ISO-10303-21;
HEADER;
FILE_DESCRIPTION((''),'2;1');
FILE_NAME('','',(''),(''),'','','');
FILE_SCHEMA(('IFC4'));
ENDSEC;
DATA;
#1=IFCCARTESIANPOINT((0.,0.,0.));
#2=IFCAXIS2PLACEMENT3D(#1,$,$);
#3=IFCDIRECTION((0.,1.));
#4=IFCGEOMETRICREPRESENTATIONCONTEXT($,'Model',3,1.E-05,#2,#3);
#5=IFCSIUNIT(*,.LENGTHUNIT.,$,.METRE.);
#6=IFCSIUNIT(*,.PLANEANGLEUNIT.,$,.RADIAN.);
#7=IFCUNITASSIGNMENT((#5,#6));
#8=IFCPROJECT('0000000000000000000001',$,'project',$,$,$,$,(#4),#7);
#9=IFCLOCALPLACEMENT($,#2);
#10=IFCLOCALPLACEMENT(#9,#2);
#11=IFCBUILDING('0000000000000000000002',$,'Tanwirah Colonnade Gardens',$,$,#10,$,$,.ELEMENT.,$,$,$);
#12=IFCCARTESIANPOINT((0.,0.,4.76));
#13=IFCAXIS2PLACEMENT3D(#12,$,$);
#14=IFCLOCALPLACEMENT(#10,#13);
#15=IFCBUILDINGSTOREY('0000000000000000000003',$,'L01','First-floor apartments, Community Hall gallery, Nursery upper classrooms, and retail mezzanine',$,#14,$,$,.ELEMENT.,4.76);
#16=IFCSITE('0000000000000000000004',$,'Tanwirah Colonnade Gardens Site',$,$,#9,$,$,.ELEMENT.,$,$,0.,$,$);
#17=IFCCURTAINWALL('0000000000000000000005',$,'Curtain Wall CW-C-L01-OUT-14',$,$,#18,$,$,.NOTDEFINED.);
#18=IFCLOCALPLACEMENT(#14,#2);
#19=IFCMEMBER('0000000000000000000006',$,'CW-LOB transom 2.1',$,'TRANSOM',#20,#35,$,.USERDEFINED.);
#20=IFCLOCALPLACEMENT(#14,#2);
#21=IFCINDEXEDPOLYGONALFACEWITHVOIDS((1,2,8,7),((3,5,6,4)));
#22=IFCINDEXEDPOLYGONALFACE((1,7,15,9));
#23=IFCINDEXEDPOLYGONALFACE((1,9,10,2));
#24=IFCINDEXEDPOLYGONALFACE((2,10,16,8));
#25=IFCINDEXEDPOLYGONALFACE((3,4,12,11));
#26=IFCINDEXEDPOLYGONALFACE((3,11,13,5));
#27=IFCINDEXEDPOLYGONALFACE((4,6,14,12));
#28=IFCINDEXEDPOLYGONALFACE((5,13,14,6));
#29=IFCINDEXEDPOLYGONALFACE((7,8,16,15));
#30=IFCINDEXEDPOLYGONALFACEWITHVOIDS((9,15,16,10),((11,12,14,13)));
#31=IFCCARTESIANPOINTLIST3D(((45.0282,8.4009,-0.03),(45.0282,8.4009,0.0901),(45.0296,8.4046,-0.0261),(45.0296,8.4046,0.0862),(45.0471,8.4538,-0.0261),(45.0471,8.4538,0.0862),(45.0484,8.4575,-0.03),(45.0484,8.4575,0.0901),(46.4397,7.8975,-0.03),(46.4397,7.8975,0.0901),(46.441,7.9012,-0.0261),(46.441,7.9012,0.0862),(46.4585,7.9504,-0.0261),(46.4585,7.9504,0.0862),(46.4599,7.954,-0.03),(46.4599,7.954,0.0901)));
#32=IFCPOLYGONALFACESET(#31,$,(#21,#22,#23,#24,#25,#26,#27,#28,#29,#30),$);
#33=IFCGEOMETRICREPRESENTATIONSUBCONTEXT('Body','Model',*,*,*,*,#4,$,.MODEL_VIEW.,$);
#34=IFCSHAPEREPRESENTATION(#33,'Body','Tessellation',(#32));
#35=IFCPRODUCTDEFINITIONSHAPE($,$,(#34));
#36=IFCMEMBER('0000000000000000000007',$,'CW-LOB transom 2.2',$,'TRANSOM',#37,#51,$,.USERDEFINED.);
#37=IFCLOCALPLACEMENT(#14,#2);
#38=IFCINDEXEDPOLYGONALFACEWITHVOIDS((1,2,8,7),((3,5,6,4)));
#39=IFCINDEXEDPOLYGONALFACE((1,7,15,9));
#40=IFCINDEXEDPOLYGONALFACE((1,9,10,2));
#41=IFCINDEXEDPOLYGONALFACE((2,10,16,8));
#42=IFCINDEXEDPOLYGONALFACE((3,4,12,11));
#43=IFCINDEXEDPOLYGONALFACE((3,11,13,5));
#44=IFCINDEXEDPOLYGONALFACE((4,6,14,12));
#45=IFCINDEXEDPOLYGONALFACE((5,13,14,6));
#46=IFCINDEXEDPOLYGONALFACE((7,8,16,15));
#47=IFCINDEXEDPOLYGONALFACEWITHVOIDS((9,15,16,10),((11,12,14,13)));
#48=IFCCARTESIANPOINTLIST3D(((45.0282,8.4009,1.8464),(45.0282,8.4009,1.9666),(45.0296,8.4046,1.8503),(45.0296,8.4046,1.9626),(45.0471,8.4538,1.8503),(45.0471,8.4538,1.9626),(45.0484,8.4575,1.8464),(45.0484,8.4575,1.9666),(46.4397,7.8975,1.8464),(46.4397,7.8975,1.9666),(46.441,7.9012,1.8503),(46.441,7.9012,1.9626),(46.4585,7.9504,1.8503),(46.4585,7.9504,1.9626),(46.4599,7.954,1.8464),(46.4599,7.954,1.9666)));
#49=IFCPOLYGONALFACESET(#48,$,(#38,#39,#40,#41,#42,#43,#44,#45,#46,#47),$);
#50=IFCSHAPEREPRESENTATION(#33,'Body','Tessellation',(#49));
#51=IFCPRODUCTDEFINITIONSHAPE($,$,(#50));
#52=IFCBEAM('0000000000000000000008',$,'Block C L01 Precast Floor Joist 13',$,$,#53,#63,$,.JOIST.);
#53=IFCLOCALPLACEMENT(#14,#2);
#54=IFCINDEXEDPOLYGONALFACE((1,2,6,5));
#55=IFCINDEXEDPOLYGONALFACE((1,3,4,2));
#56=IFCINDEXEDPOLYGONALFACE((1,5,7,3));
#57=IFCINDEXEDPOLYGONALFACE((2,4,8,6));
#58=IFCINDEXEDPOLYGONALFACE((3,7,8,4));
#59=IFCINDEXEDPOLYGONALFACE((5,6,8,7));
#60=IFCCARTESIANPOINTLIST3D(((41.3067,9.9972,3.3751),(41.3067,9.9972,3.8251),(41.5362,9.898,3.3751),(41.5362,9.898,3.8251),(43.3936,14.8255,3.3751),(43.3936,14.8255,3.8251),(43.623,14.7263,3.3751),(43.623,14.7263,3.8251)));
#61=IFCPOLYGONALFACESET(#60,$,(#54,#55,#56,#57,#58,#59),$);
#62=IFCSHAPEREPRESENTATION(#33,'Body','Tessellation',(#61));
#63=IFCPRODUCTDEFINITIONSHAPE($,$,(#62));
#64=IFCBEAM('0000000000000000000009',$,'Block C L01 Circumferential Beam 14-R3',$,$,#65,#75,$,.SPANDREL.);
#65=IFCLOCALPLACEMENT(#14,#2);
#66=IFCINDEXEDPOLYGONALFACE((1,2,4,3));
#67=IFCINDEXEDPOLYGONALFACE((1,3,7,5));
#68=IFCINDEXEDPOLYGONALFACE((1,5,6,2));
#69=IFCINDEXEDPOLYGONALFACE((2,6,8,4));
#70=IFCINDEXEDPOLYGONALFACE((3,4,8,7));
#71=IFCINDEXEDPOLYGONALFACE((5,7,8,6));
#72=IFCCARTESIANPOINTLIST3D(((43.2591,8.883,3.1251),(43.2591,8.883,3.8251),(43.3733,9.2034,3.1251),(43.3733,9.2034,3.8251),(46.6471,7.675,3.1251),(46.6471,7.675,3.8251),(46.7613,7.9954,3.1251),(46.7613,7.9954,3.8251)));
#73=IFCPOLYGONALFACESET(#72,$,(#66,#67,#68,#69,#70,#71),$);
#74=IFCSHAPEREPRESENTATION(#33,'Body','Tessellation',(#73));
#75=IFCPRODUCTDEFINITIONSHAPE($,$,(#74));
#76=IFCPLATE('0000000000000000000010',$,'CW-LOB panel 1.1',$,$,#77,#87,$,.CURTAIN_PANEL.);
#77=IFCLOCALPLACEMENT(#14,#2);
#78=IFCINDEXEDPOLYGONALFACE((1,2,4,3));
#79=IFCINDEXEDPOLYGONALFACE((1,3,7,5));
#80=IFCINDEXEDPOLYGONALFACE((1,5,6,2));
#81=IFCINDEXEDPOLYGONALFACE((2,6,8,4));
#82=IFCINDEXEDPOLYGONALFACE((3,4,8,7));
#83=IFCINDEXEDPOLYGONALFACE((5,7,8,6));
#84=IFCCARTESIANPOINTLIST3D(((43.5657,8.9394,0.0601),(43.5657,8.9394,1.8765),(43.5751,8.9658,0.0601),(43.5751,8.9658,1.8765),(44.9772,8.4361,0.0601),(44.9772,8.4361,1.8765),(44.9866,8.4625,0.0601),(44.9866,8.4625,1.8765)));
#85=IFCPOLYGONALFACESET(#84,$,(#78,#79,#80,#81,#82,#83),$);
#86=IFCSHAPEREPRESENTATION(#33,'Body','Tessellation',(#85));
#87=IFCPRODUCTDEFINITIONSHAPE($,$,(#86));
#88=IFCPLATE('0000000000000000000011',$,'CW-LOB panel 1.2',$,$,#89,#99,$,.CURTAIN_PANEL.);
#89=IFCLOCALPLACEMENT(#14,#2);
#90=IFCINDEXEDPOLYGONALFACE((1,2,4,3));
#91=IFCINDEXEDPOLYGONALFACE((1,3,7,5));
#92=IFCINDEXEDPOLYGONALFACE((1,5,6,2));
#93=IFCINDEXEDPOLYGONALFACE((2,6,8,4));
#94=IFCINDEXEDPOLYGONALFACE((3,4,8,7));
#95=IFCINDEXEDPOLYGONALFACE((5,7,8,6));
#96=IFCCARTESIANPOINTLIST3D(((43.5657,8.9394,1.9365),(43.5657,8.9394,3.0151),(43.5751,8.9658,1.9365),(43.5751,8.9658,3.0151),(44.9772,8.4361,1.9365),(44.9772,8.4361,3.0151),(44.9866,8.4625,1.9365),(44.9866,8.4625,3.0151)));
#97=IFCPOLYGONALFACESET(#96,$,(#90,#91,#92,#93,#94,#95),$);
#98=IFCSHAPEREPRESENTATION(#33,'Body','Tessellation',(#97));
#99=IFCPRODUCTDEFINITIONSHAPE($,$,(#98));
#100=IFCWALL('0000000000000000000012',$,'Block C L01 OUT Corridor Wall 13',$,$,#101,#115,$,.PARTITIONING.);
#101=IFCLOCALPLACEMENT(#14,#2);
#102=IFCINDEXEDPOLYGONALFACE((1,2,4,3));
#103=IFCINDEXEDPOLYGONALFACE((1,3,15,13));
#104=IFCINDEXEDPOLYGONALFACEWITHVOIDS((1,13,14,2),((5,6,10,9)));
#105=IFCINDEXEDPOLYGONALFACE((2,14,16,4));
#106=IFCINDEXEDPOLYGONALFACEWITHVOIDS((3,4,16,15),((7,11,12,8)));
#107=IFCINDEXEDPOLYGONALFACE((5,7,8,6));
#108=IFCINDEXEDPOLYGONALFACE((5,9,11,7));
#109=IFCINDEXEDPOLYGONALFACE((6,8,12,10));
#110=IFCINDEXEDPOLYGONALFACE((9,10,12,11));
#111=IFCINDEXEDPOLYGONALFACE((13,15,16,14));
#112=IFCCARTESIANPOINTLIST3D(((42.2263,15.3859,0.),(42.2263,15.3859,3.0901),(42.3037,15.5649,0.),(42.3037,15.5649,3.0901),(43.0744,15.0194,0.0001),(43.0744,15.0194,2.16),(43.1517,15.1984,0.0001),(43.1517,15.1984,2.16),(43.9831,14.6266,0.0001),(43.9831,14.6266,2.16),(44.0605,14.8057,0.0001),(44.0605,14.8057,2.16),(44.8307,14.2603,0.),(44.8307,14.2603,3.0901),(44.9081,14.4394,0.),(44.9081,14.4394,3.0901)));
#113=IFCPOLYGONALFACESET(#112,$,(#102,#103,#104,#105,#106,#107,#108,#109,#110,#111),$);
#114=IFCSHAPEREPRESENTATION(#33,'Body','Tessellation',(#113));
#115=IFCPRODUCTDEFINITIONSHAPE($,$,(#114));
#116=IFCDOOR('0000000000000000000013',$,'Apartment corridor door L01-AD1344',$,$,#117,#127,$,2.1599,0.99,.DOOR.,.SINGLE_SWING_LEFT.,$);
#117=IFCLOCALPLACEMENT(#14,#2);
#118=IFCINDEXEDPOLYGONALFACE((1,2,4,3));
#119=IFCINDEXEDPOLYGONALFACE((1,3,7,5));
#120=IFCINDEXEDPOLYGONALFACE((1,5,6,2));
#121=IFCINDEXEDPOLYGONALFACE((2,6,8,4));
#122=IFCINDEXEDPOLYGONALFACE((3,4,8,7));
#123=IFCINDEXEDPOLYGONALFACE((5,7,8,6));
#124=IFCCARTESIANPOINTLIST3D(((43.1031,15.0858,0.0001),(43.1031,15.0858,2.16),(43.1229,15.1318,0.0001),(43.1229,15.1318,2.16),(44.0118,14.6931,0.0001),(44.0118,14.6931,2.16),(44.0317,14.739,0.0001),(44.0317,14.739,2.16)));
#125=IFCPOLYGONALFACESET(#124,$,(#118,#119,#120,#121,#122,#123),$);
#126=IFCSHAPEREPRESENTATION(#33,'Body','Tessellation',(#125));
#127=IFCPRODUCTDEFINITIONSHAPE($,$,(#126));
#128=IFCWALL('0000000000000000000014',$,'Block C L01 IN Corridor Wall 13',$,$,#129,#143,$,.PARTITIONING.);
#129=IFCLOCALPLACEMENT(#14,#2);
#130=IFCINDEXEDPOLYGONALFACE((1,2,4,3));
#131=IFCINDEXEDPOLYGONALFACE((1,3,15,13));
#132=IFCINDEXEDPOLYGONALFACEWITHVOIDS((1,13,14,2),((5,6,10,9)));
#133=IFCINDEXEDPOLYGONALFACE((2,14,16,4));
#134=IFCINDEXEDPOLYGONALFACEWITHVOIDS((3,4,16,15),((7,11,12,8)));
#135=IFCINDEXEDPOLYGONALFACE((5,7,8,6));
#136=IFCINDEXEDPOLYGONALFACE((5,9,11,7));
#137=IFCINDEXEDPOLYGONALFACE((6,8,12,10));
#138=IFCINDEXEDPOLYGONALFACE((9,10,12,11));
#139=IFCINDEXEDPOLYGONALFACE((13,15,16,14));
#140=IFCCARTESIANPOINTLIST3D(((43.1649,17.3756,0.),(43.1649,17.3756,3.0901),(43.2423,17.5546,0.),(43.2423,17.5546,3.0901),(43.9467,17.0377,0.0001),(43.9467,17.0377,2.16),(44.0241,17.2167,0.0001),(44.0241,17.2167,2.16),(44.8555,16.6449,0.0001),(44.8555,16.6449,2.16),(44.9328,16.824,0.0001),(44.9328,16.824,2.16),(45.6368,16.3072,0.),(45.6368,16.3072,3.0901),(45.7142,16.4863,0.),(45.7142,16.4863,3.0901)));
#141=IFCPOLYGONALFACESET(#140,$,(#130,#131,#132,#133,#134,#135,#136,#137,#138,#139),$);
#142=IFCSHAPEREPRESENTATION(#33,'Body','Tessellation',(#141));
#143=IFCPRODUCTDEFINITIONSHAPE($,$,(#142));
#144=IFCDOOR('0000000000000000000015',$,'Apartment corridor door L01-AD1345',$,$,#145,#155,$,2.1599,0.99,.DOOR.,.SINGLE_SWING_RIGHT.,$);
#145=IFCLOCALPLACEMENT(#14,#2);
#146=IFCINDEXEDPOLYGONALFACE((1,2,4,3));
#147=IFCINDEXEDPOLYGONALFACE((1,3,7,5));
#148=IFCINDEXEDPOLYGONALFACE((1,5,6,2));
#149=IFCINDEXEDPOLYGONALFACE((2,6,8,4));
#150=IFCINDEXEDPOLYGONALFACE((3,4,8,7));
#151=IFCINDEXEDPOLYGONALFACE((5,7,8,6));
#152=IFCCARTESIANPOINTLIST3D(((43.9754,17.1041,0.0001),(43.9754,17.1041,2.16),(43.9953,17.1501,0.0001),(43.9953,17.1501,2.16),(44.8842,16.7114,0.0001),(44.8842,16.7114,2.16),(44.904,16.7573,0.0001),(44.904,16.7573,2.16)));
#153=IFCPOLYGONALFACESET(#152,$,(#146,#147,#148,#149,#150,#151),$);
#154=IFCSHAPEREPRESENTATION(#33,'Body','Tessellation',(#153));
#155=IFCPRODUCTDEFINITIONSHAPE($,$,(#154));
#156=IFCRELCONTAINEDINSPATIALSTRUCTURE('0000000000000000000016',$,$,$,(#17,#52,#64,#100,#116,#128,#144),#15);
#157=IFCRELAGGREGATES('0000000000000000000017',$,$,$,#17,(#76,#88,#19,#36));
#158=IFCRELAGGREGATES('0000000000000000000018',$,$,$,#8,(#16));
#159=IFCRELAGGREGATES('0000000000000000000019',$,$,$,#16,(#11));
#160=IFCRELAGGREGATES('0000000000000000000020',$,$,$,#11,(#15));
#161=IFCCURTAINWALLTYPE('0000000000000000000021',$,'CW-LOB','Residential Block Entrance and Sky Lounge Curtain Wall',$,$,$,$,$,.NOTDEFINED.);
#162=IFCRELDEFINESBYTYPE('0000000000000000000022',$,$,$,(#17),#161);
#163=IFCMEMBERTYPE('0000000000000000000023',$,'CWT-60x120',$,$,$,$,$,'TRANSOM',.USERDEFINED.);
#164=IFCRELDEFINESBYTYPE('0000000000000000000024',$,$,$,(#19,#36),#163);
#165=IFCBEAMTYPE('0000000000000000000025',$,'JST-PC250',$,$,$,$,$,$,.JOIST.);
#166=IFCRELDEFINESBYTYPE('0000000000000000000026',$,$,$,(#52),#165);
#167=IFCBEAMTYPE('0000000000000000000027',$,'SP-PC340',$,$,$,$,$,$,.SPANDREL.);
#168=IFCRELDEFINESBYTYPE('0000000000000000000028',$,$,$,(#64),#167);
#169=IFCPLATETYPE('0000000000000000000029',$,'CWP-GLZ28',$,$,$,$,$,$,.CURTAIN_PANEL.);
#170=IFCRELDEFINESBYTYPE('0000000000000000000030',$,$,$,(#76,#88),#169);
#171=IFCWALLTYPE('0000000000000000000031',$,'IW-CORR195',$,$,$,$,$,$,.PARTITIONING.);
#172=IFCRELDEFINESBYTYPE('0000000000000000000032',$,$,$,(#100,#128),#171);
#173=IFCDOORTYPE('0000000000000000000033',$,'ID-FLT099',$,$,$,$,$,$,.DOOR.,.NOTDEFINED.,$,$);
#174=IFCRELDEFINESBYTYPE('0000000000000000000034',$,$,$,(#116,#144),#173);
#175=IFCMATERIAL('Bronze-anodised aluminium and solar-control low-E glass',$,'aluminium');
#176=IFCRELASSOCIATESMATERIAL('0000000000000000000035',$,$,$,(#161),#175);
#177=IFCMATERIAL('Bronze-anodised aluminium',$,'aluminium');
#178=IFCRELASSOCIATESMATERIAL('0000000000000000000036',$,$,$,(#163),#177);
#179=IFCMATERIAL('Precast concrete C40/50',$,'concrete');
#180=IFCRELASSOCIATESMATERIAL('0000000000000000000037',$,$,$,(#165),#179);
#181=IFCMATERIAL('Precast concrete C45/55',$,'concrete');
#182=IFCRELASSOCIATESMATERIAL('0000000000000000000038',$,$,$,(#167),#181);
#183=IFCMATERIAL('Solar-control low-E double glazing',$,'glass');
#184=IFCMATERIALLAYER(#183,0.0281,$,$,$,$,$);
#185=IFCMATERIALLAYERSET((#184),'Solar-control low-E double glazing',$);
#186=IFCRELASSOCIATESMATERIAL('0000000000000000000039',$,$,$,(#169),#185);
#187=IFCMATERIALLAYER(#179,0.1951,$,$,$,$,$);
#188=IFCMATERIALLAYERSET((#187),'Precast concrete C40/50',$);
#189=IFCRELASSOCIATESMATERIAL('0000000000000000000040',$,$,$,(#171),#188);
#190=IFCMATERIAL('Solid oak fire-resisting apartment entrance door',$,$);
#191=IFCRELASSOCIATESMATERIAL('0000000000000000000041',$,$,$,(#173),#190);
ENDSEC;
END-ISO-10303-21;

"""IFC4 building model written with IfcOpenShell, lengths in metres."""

from ifc_helpers import new_model, si_unit, direction, frame, frame_2d, origin, origin_2d, place, context, subcontext, project, spatial, rectangle, hollow_rectangle, extrude, material, layer, layer_set, material_profile, profile_set, type_object, element, fill, aggregate, save


model = new_model("IFC4")

# Units and contexts
model_context = context("Model", 3, precision=1e-05, world=origin(), true_north=direction((0.0, 1.0)))
body_context = subcontext(model_context, "Body", "Model", "MODEL_VIEW")
ifc_project = project(units=[si_unit("LENGTHUNIT", "METRE"), si_unit("PLANEANGLEUNIT", "RADIAN")], contexts=[model_context])

# Site, building, storey
site_placement = place(None, origin())
site = spatial("IfcSite", under=ifc_project, at=site_placement, Name="Tanwirah Colonnade Gardens Site", CompositionType="ELEMENT", RefElevation=0.0)
building_placement = place(site_placement, origin())
building = spatial("IfcBuilding", under=site, at=building_placement, Name="Tanwirah Colonnade Gardens", CompositionType="ELEMENT")
storey_placement = place(building_placement, frame((0.0, 0.0, 4.76)))
storey = spatial("IfcBuildingStorey", under=building, at=storey_placement, Name="L01", Description="First-floor apartments, Community Hall gallery, Nursery upper classrooms, and retail mezzanine", CompositionType="ELEMENT", Elevation=4.76)

# Shared definitions
ifc_material_1 = material(Name="Precast concrete C45/55", Category="concrete")

# Shared definitions
ifc_material_2 = material(Name="Precast concrete C40/50", Category="concrete")

# Curtain wall, members
ifc_material_3 = material(Name="Bronze-anodised aluminium and solar-control low-E glass", Category="aluminium")
curtain_wall_type = type_object("IfcCurtainWallType", Name="CW-LOB", Description="Residential Block Entrance and Sky Lounge Curtain Wall", PredefinedType="NOTDEFINED", material=ifc_material_3)
curtain_wall_placement = place(storey_placement, origin())
curtain_wall = element("IfcCurtainWall", 1, at=curtain_wall_placement, inside=storey, type_object=curtain_wall_type, Name="Curtain Wall CW-C-L01-OUT-14", PredefinedType="NOTDEFINED")
ifc_material_4 = material(Name="Bronze-anodised aluminium", Category="aluminium")
ifc_material_profile_1 = material_profile(ifc_material_4, hollow_rectangle(XDim=0.0601, YDim=0.1201, WallThickness=0.0039, at=origin_2d()), Name="CW-TRN 60x120x4")
ifc_profile_set_1 = profile_set([ifc_material_profile_1], Name="Bronze-anodised aluminium")
member_type_1 = type_object("IfcMemberType", Name="CWT-60x120", ElementType="TRANSOM", PredefinedType="USERDEFINED", material=ifc_profile_set_1)
member_1_placement = place(storey_placement, frame((45.0383, 8.4292, 0.03), z_axis=(0.941878, -0.335954, 0.0), x_axis=(0.335954, 0.941878, 0.0)))
member_1 = element("IfcMember", 2, at=member_1_placement, type_object=member_type_1, Name="CW-LOB transom 2.1", ObjectType="TRANSOM", PredefinedType="USERDEFINED", context=body_context, shape_type="SweptSolid", body=[
    extrude(hollow_rectangle(XDim=0.0601, YDim=0.1201, WallThickness=0.0039, at=origin_2d()), origin(), (0.0, 0.0, 1.0), 1.4985),
])
member_2_placement = place(storey_placement, frame((45.0383, 8.4292, 1.9065), z_axis=(0.941878, -0.335954, 0.0), x_axis=(0.335954, 0.941878, 0.0)))
member_2 = element("IfcMember", 3, at=member_2_placement, type_object=member_type_1, Name="CW-LOB transom 2.2", ObjectType="TRANSOM", PredefinedType="USERDEFINED", context=body_context, shape_type="SweptSolid", body=[
    extrude(hollow_rectangle(XDim=0.0601, YDim=0.1201, WallThickness=0.0039, at=origin_2d()), origin(), (0.0, 0.0, 1.0), 1.4985),
])

# Beams
ifc_material_profile_2 = material_profile(ifc_material_2, rectangle(XDim=0.25, YDim=0.45, at=origin_2d()), Name="PC-JST 250x450")
ifc_profile_set_2 = profile_set([ifc_material_profile_2], Name="Precast concrete C40/50")
beam_type_1 = type_object("IfcBeamType", Name="JST-PC250", PredefinedType="JOIST", material=ifc_profile_set_2)
beam_1_placement = place(storey_placement, frame((43.5083, 14.7759, 3.6001), z_axis=(-0.396746, -0.917928, 0.0), x_axis=(0.917928, -0.396746, 0.0)))
element("IfcBeam", 4, at=beam_1_placement, inside=storey, type_object=beam_type_1, Name="Block C L01 Precast Floor Joist 13", PredefinedType="JOIST", context=body_context, shape_type="SweptSolid", body=[
    extrude(rectangle(XDim=0.25, YDim=0.45, at=origin_2d()), origin(), (0.0, 0.0, 1.0), 5.26),
])
ifc_material_profile_3 = material_profile(ifc_material_1, rectangle(XDim=0.3401, YDim=0.7, at=origin_2d()), Name="PC-SP 340x700")
ifc_profile_set_3 = profile_set([ifc_material_profile_3], Name="Precast concrete C45/55")
beam_type_2 = type_object("IfcBeamType", Name="SP-PC340", PredefinedType="SPANDREL", material=ifc_profile_set_3)
beam_2_placement = place(storey_placement, frame((43.3162, 9.0432, 3.4751), z_axis=(0.941915, -0.33585, 0.0), x_axis=(0.33585, 0.941915, 0.0)))
element("IfcBeam", 5, at=beam_2_placement, inside=storey, type_object=beam_type_2, Name="Block C L01 Circumferential Beam 14-R3", PredefinedType="SPANDREL", context=body_context, shape_type="SweptSolid", body=[
    extrude(rectangle(XDim=0.3401, YDim=0.7, at=origin_2d()), origin(), (0.0, 0.0, 1.0), 3.5969),
])

# Plates
ifc_material_5 = material(Name="Solar-control low-E double glazing", Category="glass")
ifc_layer_1 = layer(ifc_material_5, 0.0281)
ifc_layer_set_1 = layer_set([ifc_layer_1], Name="Solar-control low-E double glazing")
plate_type = type_object("IfcPlateType", Name="CWP-GLZ28", PredefinedType="CURTAIN_PANEL", material=ifc_layer_set_1)
plate_1_placement = place(storey_placement, frame((44.2761, 8.7009, 0.0601), z_axis=(0.0, 0.0, 1.0), x_axis=(0.941911, -0.335862, 0.0)))
plate_1 = element("IfcPlate", 6, at=plate_1_placement, type_object=plate_type, Name="CW-LOB panel 1.1", PredefinedType="CURTAIN_PANEL", context=body_context, shape_type="SweptSolid", body=[
    extrude(rectangle(XDim=1.4985, YDim=0.0281, at=origin_2d()), origin(), (0.0, 0.0, 1.0), 1.8164),
])
plate_2_placement = place(storey_placement, frame((44.2761, 8.7009, 1.9365), z_axis=(0.0, 0.0, 1.0), x_axis=(0.941911, -0.335862, 0.0)))
plate_2 = element("IfcPlate", 7, at=plate_2_placement, type_object=plate_type, Name="CW-LOB panel 1.2", PredefinedType="CURTAIN_PANEL", context=body_context, shape_type="SweptSolid", body=[
    extrude(rectangle(XDim=1.4985, YDim=0.0281, at=origin_2d()), origin(), (0.0, 0.0, 1.0), 1.0786),
])
aggregate(curtain_wall, [plate_1, plate_2, member_1, member_2])

# Walls, openings, doors
ifc_layer_2 = layer(ifc_material_2, 0.1951)
ifc_layer_set_2 = layer_set([ifc_layer_2], Name="Precast concrete C40/50")
wall_type = type_object("IfcWallType", Name="IW-CORR195", PredefinedType="PARTITIONING", material=ifc_layer_set_2)
wall_1_placement = place(storey_placement, frame((42.2651, 15.4753, 0.0), z_axis=(0.0, 0.0, 1.0), x_axis=(0.917943, -0.396711, 0.0)))
wall_1 = element("IfcWall", 8, at=wall_1_placement, inside=storey, type_object=wall_type, Name="Block C L01 OUT Corridor Wall 13", PredefinedType="PARTITIONING", context=body_context, shape_type="SweptSolid", body=[
    extrude(rectangle(XDim=2.8372, YDim=0.1951, at=frame_2d((1.4185, 0.0))), origin(), (0.0, 0.0, 1.0), 3.0901),
])
opening_1_placement = place(wall_1_placement, frame((0.9236, 0.0, 0.0)))
opening_1 = element("IfcOpeningElement", 9, at=opening_1_placement, cuts=wall_1, PredefinedType="OPENING", context=body_context, shape_type="SweptSolid", body=[
    extrude(rectangle(XDim=0.99, YDim=2.1599, at=frame_2d((0.4951, 1.0801))), frame((0.0, 0.1074, 0.0), z_axis=(0.0, -1.0, 0.0), x_axis=(1.0, 0.0, 0.0)), (0.0, 0.0, 1.0), 0.2151),
])
ifc_material_6 = material(Name="Solid oak fire-resisting apartment entrance door")
door_type = type_object("IfcDoorType", Name="ID-FLT099", OperationType="NOTDEFINED", PredefinedType="DOOR", material=ifc_material_6)
door_1_placement = place(opening_1_placement, origin())
door_1 = element("IfcDoor", 10, at=door_1_placement, inside=storey, type_object=door_type, Name="Apartment corridor door L01-AD1344", OperationType="SINGLE_SWING_LEFT", OverallHeight=2.1599, OverallWidth=0.99, PredefinedType="DOOR", context=body_context, shape_type="SweptSolid", body=[
    extrude(rectangle(XDim=0.99, YDim=2.1599, at=frame_2d((0.4951, 1.0801))), frame((0.0, 0.0249, 0.0), z_axis=(0.0, -1.0, 0.0), x_axis=(1.0, 0.0, 0.0)), (0.0, 0.0, 1.0), 0.05),
])
fill(opening_1, door_1)
wall_2_placement = place(storey_placement, frame((43.2036, 17.4651, 0.0), z_axis=(0.0, 0.0, 1.0), x_axis=(0.917936, -0.396729, 0.0)))
wall_2 = element("IfcWall", 11, at=wall_2_placement, inside=storey, type_object=wall_type, Name="Block C L01 IN Corridor Wall 13", PredefinedType="PARTITIONING", context=body_context, shape_type="SweptSolid", body=[
    extrude(rectangle(XDim=2.6929, YDim=0.1951, at=frame_2d((1.3464, 0.0))), origin(), (0.0, 0.0, 1.0), 3.0901),
])
opening_2_placement = place(wall_2_placement, frame((0.8516, 0.0, 0.0)))
opening_2 = element("IfcOpeningElement", 12, at=opening_2_placement, cuts=wall_2, PredefinedType="OPENING", context=body_context, shape_type="SweptSolid", body=[
    extrude(rectangle(XDim=0.99, YDim=2.1599, at=frame_2d((0.4951, 1.0801))), frame((0.0, 0.1074, 0.0), z_axis=(0.0, -1.0, 0.0), x_axis=(1.0, 0.0, 0.0)), (0.0, 0.0, 1.0), 0.2151),
])
door_2_placement = place(opening_2_placement, origin())
door_2 = element("IfcDoor", 13, at=door_2_placement, inside=storey, type_object=door_type, Name="Apartment corridor door L01-AD1345", OperationType="SINGLE_SWING_RIGHT", OverallHeight=2.1599, OverallWidth=0.99, PredefinedType="DOOR", context=body_context, shape_type="SweptSolid", body=[
    extrude(rectangle(XDim=0.99, YDim=2.1599, at=frame_2d((0.4951, 1.0801))), frame((0.0, 0.0249, 0.0), z_axis=(0.0, -1.0, 0.0), x_axis=(1.0, 0.0, 0.0)), (0.0, 0.0, 1.0), 0.05),
])
fill(opening_2, door_2)

save(model, "model.ifc")
